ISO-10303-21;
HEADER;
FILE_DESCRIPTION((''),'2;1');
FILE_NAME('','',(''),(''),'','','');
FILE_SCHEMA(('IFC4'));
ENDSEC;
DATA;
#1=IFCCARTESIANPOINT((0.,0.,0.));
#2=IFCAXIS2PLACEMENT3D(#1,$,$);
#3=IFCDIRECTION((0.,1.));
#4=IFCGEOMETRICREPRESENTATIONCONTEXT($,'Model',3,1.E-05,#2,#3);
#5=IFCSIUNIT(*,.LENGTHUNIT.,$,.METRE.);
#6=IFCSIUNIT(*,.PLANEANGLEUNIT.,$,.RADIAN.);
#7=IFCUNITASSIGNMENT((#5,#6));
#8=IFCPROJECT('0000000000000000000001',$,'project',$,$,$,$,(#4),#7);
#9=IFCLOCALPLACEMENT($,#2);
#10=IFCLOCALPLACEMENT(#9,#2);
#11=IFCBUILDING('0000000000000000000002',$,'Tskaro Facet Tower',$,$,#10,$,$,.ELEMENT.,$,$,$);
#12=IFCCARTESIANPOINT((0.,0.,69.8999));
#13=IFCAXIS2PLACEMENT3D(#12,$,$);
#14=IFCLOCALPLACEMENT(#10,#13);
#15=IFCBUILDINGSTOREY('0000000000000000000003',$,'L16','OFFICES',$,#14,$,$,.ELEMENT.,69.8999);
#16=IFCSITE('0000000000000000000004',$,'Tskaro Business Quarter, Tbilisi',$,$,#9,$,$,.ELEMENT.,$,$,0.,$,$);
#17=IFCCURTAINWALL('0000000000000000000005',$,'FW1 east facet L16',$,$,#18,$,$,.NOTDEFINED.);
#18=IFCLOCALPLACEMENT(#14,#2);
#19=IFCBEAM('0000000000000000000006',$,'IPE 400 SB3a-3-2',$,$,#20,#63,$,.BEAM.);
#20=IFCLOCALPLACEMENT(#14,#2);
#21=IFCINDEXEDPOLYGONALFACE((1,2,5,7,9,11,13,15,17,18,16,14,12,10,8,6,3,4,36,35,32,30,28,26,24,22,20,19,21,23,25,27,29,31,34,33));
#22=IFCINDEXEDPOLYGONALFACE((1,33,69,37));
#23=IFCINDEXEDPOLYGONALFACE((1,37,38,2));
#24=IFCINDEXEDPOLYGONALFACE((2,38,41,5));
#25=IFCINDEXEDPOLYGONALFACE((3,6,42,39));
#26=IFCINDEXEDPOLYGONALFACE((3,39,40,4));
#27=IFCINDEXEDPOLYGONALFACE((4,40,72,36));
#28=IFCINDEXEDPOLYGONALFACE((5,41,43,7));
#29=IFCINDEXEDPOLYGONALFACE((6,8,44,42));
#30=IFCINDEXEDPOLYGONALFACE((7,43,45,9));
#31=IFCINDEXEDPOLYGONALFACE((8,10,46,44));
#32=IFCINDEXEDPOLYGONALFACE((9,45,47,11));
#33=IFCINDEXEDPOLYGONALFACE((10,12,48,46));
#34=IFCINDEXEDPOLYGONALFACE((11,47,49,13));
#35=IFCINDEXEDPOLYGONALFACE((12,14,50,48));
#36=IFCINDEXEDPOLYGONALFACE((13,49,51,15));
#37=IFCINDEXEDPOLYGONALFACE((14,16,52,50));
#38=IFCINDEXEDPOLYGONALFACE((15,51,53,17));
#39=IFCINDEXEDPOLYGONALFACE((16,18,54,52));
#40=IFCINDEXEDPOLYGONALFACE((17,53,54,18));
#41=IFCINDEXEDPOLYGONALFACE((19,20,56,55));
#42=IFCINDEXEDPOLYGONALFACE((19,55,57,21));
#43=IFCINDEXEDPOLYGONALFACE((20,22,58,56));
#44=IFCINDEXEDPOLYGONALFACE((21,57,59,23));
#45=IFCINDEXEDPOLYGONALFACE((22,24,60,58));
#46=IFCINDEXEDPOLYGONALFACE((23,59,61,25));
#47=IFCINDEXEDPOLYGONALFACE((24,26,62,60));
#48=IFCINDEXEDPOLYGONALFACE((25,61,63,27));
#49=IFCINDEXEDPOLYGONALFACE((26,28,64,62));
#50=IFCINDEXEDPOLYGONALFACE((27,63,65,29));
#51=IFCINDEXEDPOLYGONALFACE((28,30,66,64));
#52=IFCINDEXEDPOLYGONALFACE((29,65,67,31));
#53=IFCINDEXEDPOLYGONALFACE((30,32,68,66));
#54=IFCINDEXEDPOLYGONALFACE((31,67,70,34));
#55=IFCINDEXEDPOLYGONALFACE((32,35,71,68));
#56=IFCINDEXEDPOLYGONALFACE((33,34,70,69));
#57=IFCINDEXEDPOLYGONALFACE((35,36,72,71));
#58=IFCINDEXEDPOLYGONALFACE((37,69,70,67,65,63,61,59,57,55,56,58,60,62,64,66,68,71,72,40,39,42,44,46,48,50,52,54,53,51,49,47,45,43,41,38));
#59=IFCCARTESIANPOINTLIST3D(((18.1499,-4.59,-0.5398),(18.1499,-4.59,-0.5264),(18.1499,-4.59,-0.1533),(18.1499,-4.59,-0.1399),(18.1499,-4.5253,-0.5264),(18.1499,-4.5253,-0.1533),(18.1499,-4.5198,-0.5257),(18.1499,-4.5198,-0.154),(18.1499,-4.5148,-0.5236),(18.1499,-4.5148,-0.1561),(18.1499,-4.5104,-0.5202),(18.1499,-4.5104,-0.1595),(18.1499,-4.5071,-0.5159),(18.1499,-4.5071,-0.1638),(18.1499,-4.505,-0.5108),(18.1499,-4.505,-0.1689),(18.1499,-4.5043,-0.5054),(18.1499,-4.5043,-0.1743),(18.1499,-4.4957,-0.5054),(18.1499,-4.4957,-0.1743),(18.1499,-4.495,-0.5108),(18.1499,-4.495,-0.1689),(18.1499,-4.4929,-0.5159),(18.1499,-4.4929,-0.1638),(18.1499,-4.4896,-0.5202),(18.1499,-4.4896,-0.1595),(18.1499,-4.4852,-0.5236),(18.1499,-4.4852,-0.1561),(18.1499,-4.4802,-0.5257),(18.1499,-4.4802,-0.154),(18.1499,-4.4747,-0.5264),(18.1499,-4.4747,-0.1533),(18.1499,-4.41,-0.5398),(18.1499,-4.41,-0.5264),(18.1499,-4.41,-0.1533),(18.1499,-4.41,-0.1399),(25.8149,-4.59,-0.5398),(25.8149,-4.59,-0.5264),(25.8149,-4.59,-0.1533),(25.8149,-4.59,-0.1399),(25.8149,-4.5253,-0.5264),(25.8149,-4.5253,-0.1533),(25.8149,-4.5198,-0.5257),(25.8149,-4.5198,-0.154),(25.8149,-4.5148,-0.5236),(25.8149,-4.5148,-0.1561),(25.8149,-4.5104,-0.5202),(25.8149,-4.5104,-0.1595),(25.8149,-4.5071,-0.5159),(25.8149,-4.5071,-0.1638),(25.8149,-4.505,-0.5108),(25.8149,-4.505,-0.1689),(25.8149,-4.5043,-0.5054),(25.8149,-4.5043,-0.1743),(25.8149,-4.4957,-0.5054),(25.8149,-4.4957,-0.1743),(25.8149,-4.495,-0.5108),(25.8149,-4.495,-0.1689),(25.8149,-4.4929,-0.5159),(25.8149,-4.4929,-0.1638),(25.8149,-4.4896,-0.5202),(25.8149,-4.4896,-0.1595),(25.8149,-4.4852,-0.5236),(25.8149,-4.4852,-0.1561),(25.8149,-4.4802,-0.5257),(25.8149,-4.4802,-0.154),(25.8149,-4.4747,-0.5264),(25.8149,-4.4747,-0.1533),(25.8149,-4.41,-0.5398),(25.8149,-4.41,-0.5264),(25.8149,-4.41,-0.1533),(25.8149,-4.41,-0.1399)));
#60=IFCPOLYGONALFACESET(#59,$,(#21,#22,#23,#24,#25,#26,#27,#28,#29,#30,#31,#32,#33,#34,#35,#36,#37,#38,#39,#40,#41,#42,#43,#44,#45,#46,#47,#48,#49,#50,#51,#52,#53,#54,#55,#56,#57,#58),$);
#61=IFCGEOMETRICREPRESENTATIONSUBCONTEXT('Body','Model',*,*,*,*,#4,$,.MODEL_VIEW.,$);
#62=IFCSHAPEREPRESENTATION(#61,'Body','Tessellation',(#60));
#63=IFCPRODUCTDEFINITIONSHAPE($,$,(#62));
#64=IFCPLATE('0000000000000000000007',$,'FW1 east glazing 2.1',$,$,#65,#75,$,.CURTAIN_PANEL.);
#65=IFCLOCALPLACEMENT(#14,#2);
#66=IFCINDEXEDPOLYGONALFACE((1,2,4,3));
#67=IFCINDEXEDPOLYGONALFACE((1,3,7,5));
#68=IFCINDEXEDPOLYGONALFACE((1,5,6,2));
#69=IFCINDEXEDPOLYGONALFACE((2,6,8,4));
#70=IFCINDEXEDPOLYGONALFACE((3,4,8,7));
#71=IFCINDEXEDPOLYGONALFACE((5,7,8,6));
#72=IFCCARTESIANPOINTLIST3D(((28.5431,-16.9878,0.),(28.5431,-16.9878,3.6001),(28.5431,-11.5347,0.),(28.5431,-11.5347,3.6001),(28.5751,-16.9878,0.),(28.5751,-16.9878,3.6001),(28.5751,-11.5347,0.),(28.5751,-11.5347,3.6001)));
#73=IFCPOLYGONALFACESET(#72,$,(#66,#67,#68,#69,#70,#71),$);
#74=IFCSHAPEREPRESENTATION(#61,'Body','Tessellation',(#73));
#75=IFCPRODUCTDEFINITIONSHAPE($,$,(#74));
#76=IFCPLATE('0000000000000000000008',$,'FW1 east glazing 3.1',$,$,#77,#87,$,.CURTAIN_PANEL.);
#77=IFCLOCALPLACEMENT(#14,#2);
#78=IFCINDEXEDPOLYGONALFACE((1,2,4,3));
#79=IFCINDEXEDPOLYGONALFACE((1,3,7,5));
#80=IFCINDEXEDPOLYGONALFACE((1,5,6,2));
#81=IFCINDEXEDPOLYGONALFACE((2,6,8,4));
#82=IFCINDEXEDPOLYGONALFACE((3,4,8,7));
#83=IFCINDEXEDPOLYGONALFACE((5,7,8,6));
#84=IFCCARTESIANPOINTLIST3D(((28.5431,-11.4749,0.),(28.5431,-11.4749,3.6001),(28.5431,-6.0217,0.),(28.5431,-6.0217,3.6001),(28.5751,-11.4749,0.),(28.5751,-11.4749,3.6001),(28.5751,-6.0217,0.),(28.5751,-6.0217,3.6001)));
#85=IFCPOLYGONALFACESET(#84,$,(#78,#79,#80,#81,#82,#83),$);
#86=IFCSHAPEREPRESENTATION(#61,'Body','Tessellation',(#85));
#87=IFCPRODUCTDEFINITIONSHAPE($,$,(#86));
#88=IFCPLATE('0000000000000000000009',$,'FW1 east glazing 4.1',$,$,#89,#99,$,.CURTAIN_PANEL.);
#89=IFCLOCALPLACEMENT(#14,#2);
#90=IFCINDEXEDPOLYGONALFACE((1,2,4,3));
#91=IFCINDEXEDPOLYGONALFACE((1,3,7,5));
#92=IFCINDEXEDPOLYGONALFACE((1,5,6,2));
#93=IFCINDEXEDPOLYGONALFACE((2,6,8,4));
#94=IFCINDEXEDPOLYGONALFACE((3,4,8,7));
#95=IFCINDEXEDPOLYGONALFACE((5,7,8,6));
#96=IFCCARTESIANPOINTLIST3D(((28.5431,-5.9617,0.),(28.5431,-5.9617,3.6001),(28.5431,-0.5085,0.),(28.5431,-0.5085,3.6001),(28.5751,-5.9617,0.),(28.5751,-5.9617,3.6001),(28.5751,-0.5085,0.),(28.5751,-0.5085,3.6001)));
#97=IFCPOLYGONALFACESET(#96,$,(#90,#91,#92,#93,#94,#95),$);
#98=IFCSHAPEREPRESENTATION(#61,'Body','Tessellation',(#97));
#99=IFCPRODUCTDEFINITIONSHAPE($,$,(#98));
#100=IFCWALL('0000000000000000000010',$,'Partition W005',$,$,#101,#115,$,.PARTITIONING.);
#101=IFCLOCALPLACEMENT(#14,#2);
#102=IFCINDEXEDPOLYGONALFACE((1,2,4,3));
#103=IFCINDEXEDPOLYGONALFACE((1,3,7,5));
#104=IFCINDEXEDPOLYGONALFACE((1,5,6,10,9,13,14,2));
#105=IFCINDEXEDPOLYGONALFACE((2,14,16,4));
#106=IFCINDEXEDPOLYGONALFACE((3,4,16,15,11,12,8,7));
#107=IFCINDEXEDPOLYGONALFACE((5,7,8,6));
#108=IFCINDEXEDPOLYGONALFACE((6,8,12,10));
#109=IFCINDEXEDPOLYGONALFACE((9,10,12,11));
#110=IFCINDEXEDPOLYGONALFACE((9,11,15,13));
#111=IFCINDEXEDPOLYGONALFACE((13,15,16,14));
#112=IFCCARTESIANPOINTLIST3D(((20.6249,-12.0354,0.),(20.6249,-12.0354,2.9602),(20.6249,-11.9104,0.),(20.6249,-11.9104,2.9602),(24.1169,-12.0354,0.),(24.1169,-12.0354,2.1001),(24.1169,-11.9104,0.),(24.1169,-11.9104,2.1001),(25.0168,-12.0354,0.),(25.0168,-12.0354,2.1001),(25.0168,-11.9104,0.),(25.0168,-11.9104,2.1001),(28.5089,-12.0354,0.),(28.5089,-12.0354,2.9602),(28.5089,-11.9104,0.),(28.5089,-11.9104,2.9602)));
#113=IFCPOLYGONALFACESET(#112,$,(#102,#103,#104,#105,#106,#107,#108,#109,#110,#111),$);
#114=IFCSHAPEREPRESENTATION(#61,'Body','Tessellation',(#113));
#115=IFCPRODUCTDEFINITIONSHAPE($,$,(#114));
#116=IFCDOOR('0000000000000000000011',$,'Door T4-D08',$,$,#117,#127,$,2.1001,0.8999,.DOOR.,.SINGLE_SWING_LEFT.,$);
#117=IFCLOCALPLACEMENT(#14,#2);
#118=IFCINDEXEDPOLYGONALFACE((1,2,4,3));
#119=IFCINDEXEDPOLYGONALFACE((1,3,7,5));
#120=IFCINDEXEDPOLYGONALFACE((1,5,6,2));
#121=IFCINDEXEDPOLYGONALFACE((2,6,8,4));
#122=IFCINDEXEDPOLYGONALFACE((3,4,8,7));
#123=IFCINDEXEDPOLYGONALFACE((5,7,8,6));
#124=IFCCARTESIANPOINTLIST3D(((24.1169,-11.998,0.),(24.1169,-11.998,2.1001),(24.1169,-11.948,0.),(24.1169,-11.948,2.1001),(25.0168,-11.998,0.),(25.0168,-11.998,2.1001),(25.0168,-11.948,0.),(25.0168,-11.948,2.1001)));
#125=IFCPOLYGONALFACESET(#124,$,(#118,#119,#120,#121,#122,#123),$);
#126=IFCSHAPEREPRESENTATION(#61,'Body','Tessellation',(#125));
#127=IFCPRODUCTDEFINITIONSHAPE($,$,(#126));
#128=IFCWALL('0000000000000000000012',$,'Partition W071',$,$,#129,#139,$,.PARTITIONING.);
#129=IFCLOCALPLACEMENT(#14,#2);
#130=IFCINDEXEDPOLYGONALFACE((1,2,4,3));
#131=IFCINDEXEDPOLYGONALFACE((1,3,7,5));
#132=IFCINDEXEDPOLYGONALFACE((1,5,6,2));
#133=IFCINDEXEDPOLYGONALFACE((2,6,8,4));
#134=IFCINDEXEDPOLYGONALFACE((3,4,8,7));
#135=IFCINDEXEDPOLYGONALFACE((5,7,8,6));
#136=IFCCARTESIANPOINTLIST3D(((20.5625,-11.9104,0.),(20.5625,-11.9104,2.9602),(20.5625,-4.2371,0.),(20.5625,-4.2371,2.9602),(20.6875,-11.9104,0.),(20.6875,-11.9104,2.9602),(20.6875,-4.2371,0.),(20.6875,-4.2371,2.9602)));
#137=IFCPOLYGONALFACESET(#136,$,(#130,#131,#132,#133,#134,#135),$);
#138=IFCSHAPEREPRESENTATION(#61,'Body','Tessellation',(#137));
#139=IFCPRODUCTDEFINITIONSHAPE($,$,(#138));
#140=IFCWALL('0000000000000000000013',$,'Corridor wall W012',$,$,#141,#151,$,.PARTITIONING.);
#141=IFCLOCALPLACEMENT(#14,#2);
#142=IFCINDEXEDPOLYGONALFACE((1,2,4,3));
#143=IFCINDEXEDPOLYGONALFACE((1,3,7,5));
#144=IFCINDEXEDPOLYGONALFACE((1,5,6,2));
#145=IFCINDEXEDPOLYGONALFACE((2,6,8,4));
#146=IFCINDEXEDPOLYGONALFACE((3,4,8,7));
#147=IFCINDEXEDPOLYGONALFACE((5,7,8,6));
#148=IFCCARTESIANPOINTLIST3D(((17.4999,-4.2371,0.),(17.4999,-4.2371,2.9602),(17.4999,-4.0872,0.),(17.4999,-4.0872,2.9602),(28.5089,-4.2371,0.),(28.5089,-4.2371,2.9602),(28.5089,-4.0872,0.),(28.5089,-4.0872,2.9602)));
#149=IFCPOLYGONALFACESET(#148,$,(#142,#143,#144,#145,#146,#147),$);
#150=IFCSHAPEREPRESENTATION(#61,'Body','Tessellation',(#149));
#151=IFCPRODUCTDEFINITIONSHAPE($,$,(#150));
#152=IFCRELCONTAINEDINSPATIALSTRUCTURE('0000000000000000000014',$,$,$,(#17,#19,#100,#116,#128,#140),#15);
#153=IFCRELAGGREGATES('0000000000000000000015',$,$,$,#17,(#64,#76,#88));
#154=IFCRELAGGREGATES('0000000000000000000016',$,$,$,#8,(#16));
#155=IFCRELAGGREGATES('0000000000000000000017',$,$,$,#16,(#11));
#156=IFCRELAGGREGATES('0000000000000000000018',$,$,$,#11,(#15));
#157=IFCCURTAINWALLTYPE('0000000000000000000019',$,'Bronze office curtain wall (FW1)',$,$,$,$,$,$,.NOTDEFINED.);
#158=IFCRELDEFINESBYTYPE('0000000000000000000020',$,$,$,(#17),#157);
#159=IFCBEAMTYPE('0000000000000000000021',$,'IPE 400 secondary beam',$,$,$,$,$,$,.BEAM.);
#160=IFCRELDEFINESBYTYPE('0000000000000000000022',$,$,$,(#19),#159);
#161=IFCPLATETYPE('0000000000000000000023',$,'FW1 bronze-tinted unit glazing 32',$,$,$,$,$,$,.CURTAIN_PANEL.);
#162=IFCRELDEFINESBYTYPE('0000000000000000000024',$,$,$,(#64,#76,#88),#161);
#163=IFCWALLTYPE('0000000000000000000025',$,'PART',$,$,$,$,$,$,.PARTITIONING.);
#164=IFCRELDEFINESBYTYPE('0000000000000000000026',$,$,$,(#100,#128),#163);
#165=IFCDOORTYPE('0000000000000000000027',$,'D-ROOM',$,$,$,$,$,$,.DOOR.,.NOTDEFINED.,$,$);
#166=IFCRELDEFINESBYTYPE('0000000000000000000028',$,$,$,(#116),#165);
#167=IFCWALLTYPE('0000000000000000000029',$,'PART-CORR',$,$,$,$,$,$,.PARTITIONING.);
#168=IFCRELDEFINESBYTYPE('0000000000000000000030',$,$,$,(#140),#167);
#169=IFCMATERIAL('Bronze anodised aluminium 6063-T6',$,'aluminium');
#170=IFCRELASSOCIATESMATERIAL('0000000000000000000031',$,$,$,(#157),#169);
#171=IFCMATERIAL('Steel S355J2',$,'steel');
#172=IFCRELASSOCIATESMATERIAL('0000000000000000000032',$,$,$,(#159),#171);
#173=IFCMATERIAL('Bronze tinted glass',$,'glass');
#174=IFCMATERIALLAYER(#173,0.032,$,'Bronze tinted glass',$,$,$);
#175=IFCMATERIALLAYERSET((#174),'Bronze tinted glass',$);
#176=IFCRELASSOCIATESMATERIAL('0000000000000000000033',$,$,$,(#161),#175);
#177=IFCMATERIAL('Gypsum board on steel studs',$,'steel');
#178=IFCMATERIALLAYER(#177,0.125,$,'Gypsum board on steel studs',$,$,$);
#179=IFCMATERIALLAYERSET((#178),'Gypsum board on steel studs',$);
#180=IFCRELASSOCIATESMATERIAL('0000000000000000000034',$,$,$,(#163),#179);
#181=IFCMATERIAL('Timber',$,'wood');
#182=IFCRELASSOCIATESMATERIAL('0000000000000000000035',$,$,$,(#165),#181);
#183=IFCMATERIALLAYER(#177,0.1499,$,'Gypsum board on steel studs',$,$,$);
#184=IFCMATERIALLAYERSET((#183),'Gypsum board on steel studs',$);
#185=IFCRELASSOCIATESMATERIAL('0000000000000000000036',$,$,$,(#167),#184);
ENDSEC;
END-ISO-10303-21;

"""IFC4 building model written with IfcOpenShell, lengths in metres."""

from ifc_helpers import new_model, si_unit, direction, frame, frame_2d, origin, origin_2d, place, context, subcontext, project, spatial, rectangle, i_section, extrude, material, layer, layer_set, material_profile, profile_set, type_object, element, fill, aggregate, save


model = new_model("IFC4")

# Units and contexts
model_context = context("Model", 3, precision=1e-05, world=origin(), true_north=direction((0.0, 1.0)))
body_context = subcontext(model_context, "Body", "Model", "MODEL_VIEW")
ifc_project = project(units=[si_unit("LENGTHUNIT", "METRE"), si_unit("PLANEANGLEUNIT", "RADIAN")], contexts=[model_context])

# Site, building, storey
site_placement = place(None, origin())
site = spatial("IfcSite", under=ifc_project, at=site_placement, Name="Tskaro Business Quarter, Tbilisi", CompositionType="ELEMENT", RefElevation=0.0)
building_placement = place(site_placement, origin())
building = spatial("IfcBuilding", under=site, at=building_placement, Name="Tskaro Facet Tower", CompositionType="ELEMENT")
storey_placement = place(building_placement, frame((0.0, 0.0, 69.8999)))
storey = spatial("IfcBuildingStorey", under=building, at=storey_placement, Name="L16", Description="OFFICES", CompositionType="ELEMENT", Elevation=69.8999)

# Curtain wall
ifc_material_1 = material(Name="Bronze anodised aluminium 6063-T6", Category="aluminium")
curtain_wall_type = type_object("IfcCurtainWallType", Name="Bronze office curtain wall (FW1)", PredefinedType="NOTDEFINED", material=ifc_material_1)
curtain_wall_placement = place(storey_placement, origin())
curtain_wall = element("IfcCurtainWall", 1, at=curtain_wall_placement, inside=storey, type_object=curtain_wall_type, Name="FW1 east facet L16", PredefinedType="NOTDEFINED")

# Beam
ifc_material_2 = material(Name="Steel S355J2", Category="steel")
ifc_material_profile_1 = material_profile(ifc_material_2, i_section(OverallWidth=0.1799, OverallDepth=0.3999, WebThickness=0.0085, FlangeThickness=0.0134, FilletRadius=0.021, at=origin_2d()), Name="IPE 400")
ifc_profile_set_1 = profile_set([ifc_material_profile_1], Name="Steel S355J2")
beam_type_1 = type_object("IfcBeamType", Name="IPE 400 secondary beam", PredefinedType="BEAM", material=ifc_profile_set_1)
for number, where, z_axis, x_axis, name in (
    (2, (18.1499, -4.5, -0.3398), (1.0, 0.0, 0.0), (0.0, 1.0, 0.0), "IPE 400 SB3a-3-2"),
):
    element("IfcBeam", number, at=place(storey_placement, frame(where, z_axis=z_axis, x_axis=x_axis)), inside=storey, type_object=beam_type_1, Name=name, PredefinedType="BEAM", context=body_context, shape_type="SweptSolid", body=[
        extrude(i_section(OverallWidth=0.1799, OverallDepth=0.3999, WebThickness=0.0085, FlangeThickness=0.0134, FilletRadius=0.021, at=origin_2d()), origin(), (0.0, 0.0, 1.0), 7.665),
    ])

# Plates
ifc_material_3 = material(Name="Bronze tinted glass", Category="glass")
ifc_layer_1 = layer(ifc_material_3, 0.032, Name="Bronze tinted glass")
ifc_layer_set_1 = layer_set([ifc_layer_1], Name="Bronze tinted glass")
plate_type = type_object("IfcPlateType", Name="FW1 bronze-tinted unit glazing 32", PredefinedType="CURTAIN_PANEL", material=ifc_layer_set_1)
plate_1_placement = place(storey_placement, frame((28.5591, -14.2612, 0.0), z_axis=(0.0, 0.0, 1.0), x_axis=(0.0, 1.0, 0.0)))
plate_1 = element("IfcPlate", 3, at=plate_1_placement, type_object=plate_type, Name="FW1 east glazing 2.1", PredefinedType="CURTAIN_PANEL", context=body_context, shape_type="SweptSolid", body=[
    extrude(rectangle(XDim=5.4531, YDim=0.032, at=origin_2d()), origin(), (0.0, 0.0, 1.0), 3.6001),
])
plate_2_placement = place(storey_placement, frame((28.5591, -8.7483, 0.0), z_axis=(0.0, 0.0, 1.0), x_axis=(0.0, 1.0, 0.0)))
plate_2 = element("IfcPlate", 4, at=plate_2_placement, type_object=plate_type, Name="FW1 east glazing 3.1", PredefinedType="CURTAIN_PANEL", context=body_context, shape_type="SweptSolid", body=[
    extrude(rectangle(XDim=5.4531, YDim=0.032, at=origin_2d()), origin(), (0.0, 0.0, 1.0), 3.6001),
])
plate_3_placement = place(storey_placement, frame((28.5591, -3.2351, 0.0), z_axis=(0.0, 0.0, 1.0), x_axis=(0.0, 1.0, 0.0)))
plate_3 = element("IfcPlate", 5, at=plate_3_placement, type_object=plate_type, Name="FW1 east glazing 4.1", PredefinedType="CURTAIN_PANEL", context=body_context, shape_type="SweptSolid", body=[
    extrude(rectangle(XDim=5.4531, YDim=0.032, at=origin_2d()), origin(), (0.0, 0.0, 1.0), 3.6001),
])
aggregate(curtain_wall, [plate_1, plate_2, plate_3])

# Wall, opening, door
ifc_material_4 = material(Name="Gypsum board on steel studs", Category="steel")
ifc_layer_2 = layer(ifc_material_4, 0.125, Name="Gypsum board on steel studs")
ifc_layer_set_2 = layer_set([ifc_layer_2], Name="Gypsum board on steel studs")
wall_type_1 = type_object("IfcWallType", Name="PART", PredefinedType="PARTITIONING", material=ifc_layer_set_2)
wall_1_placement = place(storey_placement, frame((20.625, -11.9729, 0.0), z_axis=(0.0, 0.0, 1.0), x_axis=(1.0, 0.0, 0.0)))
wall_1 = element("IfcWall", 6, at=wall_1_placement, inside=storey, type_object=wall_type_1, Name="Partition W005", PredefinedType="PARTITIONING", context=body_context, shape_type="SweptSolid", body=[
    extrude(rectangle(XDim=7.884, YDim=0.125, at=frame_2d((3.9419, 0.0))), origin(), (0.0, 0.0, 1.0), 2.9602),
])
opening_1_placement = place(wall_1_placement, frame((3.4919, 0.0, 0.0)))
opening_1 = element("IfcOpeningElement", 7, at=opening_1_placement, cuts=wall_1, PredefinedType="OPENING", context=body_context, shape_type="SweptSolid", body=[
    extrude(rectangle(XDim=0.8999, YDim=2.1001, at=frame_2d((0.45, 1.05))), frame((0.0, 0.0725, 0.0), z_axis=(0.0, -1.0, 0.0), x_axis=(1.0, 0.0, 0.0)), (0.0, 0.0, 1.0), 0.145),
])
ifc_material_5 = material(Name="Timber", Category="wood")
door_type_1 = type_object("IfcDoorType", Name="D-ROOM", OperationType="NOTDEFINED", PredefinedType="DOOR", material=ifc_material_5)
door_1_placement = place(opening_1_placement, origin())
door_1 = element("IfcDoor", 8, at=door_1_placement, inside=storey, type_object=door_type_1, Name="Door T4-D08", OperationType="SINGLE_SWING_LEFT", OverallHeight=2.1001, OverallWidth=0.8999, PredefinedType="DOOR", context=body_context, shape_type="SweptSolid", body=[
    extrude(rectangle(XDim=0.8999, YDim=2.1001, at=frame_2d((0.45, 1.05))), frame((0.0, 0.0249, 0.0), z_axis=(0.0, -1.0, 0.0), x_axis=(1.0, 0.0, 0.0)), (0.0, 0.0, 1.0), 0.05),
])
fill(opening_1, door_1)

# Walls
wall_2_placement = place(storey_placement, frame((20.625, -11.9104, 0.0), z_axis=(0.0, 0.0, 1.0), x_axis=(0.0, 1.0, 0.0)))
element("IfcWall", 9, at=wall_2_placement, inside=storey, type_object=wall_type_1, Name="Partition W071", PredefinedType="PARTITIONING", context=body_context, shape_type="SweptSolid", body=[
    extrude(rectangle(XDim=7.6733, YDim=0.125, at=frame_2d((3.8367, 0.0))), origin(), (0.0, 0.0, 1.0), 2.9602),
])
ifc_layer_3 = layer(ifc_material_4, 0.1499, Name="Gypsum board on steel studs")
ifc_layer_set_3 = layer_set([ifc_layer_3], Name="Gypsum board on steel studs")
wall_type_2 = type_object("IfcWallType", Name="PART-CORR", PredefinedType="PARTITIONING", material=ifc_layer_set_3)
wall_3_placement = place(storey_placement, frame((17.5, -4.1621, 0.0), z_axis=(0.0, 0.0, 1.0), x_axis=(1.0, 0.0, 0.0)))
element("IfcWall", 10, at=wall_3_placement, inside=storey, type_object=wall_type_2, Name="Corridor wall W012", PredefinedType="PARTITIONING", context=body_context, shape_type="SweptSolid", body=[
    extrude(rectangle(XDim=11.009, YDim=0.1499, at=frame_2d((5.5044, 0.0))), origin(), (0.0, 0.0, 1.0), 2.9602),
])

save(model, "model.ifc")
